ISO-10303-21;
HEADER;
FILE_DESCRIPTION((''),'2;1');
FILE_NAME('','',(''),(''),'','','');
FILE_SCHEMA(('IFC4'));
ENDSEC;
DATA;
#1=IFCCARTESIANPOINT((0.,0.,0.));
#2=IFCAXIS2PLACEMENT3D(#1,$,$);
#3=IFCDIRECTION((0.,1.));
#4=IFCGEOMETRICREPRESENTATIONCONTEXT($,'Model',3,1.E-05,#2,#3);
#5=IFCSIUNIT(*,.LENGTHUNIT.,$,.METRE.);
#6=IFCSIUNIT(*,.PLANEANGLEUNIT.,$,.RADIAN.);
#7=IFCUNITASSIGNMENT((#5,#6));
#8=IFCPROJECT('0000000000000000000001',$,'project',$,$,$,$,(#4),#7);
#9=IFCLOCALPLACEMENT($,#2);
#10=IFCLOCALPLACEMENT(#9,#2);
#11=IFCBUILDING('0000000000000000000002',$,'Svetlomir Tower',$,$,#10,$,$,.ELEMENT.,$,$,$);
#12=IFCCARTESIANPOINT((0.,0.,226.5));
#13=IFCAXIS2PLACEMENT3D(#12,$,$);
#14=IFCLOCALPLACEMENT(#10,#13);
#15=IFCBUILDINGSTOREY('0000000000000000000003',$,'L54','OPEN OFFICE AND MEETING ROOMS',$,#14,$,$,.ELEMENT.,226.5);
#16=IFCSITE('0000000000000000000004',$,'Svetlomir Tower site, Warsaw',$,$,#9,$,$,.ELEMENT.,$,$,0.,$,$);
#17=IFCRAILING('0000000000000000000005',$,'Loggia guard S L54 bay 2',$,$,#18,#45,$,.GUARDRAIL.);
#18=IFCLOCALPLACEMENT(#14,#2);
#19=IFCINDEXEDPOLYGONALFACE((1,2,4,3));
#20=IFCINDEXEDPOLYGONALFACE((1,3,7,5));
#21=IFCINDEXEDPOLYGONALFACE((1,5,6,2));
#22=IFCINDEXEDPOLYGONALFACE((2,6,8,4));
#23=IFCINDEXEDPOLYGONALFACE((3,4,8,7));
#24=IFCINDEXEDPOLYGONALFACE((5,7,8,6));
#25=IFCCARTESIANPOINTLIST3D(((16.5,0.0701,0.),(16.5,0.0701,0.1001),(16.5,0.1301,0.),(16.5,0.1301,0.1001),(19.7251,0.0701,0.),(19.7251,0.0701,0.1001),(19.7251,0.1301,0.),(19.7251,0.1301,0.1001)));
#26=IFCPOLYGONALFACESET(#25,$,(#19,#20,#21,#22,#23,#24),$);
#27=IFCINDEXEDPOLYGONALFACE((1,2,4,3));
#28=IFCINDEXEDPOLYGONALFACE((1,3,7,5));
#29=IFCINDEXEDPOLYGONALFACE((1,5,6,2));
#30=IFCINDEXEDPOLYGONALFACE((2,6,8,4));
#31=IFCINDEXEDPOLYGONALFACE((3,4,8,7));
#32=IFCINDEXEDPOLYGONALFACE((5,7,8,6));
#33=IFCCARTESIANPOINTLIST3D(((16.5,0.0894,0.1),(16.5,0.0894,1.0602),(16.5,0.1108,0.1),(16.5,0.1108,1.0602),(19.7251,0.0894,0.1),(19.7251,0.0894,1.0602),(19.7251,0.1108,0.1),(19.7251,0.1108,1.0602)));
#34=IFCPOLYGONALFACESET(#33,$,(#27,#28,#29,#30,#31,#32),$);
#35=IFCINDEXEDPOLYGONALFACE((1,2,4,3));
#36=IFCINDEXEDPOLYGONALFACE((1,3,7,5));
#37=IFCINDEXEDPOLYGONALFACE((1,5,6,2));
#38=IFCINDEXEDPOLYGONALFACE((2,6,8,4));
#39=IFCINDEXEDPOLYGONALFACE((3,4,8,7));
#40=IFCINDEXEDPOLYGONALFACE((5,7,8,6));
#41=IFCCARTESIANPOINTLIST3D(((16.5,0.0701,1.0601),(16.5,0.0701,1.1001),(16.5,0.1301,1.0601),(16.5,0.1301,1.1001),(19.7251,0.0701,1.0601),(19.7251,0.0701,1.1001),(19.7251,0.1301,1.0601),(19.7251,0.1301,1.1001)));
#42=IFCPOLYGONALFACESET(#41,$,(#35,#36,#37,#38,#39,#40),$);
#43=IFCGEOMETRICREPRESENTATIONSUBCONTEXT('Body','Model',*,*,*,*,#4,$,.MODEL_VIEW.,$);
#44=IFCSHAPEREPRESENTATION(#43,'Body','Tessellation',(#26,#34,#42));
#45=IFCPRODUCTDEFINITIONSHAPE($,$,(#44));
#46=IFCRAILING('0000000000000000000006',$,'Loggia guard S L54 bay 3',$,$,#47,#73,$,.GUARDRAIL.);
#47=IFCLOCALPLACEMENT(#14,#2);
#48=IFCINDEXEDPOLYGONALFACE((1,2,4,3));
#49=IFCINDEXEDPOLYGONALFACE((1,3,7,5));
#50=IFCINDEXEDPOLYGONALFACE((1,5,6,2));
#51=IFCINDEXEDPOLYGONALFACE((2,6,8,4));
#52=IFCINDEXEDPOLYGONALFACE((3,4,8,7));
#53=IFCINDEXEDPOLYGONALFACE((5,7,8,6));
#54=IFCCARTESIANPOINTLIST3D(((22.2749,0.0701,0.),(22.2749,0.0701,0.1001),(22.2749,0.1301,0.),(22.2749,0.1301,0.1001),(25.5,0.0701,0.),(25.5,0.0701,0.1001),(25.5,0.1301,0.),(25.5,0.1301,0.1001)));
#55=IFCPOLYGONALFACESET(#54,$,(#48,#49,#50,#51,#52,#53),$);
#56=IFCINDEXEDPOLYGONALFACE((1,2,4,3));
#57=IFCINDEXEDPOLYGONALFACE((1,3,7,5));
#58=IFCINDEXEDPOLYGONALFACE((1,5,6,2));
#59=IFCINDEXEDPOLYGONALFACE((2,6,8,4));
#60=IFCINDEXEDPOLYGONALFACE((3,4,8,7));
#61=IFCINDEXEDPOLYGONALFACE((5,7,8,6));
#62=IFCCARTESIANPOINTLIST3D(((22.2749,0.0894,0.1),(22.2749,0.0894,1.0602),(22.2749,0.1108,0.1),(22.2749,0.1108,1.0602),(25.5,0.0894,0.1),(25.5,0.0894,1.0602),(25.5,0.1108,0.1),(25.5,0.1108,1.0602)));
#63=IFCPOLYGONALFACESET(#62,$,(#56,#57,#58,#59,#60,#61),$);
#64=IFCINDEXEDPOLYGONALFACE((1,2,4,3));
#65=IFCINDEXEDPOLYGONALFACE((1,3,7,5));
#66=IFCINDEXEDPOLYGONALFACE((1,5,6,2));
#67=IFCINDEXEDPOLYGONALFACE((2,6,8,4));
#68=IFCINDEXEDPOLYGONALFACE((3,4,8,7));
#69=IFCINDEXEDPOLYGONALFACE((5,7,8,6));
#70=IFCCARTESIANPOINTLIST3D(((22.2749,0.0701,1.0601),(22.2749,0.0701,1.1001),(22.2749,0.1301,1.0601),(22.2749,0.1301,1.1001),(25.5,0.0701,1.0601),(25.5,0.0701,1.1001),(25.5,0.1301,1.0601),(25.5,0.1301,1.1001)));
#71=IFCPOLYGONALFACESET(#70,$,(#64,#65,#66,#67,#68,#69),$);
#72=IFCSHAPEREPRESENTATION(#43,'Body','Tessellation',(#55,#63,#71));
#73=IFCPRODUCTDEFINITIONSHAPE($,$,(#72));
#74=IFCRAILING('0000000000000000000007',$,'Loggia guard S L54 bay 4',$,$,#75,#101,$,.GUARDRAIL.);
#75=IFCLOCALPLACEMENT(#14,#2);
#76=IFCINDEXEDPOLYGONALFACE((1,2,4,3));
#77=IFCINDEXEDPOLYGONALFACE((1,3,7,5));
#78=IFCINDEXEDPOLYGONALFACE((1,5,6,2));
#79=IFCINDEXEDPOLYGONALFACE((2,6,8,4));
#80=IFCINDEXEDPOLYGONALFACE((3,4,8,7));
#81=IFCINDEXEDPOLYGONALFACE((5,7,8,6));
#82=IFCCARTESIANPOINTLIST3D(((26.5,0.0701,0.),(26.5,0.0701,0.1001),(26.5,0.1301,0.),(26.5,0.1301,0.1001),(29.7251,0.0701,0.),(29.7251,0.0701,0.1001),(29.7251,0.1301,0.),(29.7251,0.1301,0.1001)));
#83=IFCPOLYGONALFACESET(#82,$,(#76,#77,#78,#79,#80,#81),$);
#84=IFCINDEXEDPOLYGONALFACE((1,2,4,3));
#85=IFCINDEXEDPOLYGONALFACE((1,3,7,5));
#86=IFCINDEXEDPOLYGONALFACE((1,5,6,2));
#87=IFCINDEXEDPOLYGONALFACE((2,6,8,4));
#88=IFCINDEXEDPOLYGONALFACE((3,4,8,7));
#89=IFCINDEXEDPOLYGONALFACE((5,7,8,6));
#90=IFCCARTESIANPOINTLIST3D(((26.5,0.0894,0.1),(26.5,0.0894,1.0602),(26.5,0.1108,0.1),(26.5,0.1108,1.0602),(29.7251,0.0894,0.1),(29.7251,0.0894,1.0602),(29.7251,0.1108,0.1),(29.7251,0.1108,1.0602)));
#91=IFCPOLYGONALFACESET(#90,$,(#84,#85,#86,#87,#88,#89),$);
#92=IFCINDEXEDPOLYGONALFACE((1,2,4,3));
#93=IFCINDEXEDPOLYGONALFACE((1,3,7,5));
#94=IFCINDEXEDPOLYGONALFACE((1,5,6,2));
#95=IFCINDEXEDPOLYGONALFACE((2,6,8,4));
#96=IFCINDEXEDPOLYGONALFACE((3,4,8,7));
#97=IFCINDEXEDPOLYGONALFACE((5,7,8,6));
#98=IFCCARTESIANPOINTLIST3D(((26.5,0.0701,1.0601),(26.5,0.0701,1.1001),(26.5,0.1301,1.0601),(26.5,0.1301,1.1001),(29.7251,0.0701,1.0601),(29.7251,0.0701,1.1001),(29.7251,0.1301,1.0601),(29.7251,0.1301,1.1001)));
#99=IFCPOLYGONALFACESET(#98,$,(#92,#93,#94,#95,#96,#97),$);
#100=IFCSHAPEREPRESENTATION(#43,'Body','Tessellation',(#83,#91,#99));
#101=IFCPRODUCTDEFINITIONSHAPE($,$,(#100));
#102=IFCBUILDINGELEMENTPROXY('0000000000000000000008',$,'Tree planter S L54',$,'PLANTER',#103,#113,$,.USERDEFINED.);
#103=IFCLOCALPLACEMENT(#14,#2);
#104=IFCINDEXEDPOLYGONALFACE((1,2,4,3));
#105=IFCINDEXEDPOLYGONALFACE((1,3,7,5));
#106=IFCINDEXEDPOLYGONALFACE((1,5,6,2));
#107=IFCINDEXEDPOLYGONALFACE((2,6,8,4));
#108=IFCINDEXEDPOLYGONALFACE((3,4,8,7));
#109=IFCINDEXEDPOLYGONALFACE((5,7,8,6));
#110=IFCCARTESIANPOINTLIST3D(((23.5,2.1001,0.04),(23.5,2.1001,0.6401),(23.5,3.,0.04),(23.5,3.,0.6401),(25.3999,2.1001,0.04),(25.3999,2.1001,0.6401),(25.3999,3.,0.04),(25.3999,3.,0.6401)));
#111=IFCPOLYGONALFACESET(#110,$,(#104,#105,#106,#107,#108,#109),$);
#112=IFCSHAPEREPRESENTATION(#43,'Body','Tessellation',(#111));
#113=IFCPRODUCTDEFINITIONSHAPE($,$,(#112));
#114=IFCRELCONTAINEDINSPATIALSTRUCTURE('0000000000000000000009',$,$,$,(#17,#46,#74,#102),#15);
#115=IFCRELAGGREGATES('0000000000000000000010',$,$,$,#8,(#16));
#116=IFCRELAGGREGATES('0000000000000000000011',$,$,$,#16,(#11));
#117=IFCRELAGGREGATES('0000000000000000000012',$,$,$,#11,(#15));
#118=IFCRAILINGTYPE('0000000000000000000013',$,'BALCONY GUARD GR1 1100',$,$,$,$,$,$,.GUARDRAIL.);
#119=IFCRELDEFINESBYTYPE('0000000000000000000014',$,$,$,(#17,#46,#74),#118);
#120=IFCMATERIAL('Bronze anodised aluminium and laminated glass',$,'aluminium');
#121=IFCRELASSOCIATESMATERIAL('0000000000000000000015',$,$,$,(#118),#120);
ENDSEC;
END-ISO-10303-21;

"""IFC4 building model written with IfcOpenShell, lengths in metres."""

from ifc_helpers import new_model, si_unit, direction, frame, origin, origin_2d, place, context, subcontext, project, spatial, rectangle, extrude, material, type_object, element, save


model = new_model("IFC4")

# Units and contexts
model_context = context("Model", 3, precision=1e-05, world=origin(), true_north=direction((0.0, 1.0)))
body_context = subcontext(model_context, "Body", "Model", "MODEL_VIEW")
ifc_project = project(units=[si_unit("LENGTHUNIT", "METRE"), si_unit("PLANEANGLEUNIT", "RADIAN")], contexts=[model_context])

# Site, building, storey
site_placement = place(None, origin())
site = spatial("IfcSite", under=ifc_project, at=site_placement, Name="Svetlomir Tower site, Warsaw", CompositionType="ELEMENT", RefElevation=0.0)
building_placement = place(site_placement, origin())
building = spatial("IfcBuilding", under=site, at=building_placement, Name="Svetlomir Tower", CompositionType="ELEMENT")
storey_placement = place(building_placement, frame((0.0, 0.0, 226.5)))
storey = spatial("IfcBuildingStorey", under=building, at=storey_placement, Name="L54", Description="OPEN OFFICE AND MEETING ROOMS", CompositionType="ELEMENT", Elevation=226.5)

# Railings
ifc_material_1 = material(Name="Bronze anodised aluminium and laminated glass", Category="aluminium")
railing_type = type_object("IfcRailingType", Name="BALCONY GUARD GR1 1100", PredefinedType="GUARDRAIL", material=ifc_material_1)
for number, where, name in (
    (1, (16.5, 0.1001, 0.0), "Loggia guard S L54 bay 2"),
    (2, (22.2749, 0.1001, 0.0), "Loggia guard S L54 bay 3"),
    (3, (26.5, 0.1001, 0.0), "Loggia guard S L54 bay 4"),
):
    element("IfcRailing", number, at=place(storey_placement, frame(where)), inside=storey, type_object=railing_type, Name=name, PredefinedType="GUARDRAIL", context=body_context, shape_type="SweptSolid", body=[
        extrude(rectangle(XDim=0.0601, YDim=0.1001, at=origin_2d()), frame((0.0, 0.0, 0.05), z_axis=(1.0, 0.0, 0.0), x_axis=(0.0, 1.0, 0.0)), (0.0, 0.0, 1.0), 3.2251),
        extrude(rectangle(XDim=0.0215, YDim=0.9602, at=origin_2d()), frame((0.0, 0.0, 0.5801), z_axis=(1.0, 0.0, 0.0), x_axis=(0.0, 1.0, 0.0)), (0.0, 0.0, 1.0), 3.2251),
        extrude(rectangle(XDim=0.0601, YDim=0.04, at=origin_2d()), frame((0.0, 0.0, 1.0801), z_axis=(1.0, 0.0, 0.0), x_axis=(0.0, 1.0, 0.0)), (0.0, 0.0, 1.0), 3.2251),
    ])

# Building element proxy
proxy_placement = place(storey_placement, frame((24.45, 2.55, 0.04), z_axis=(0.0, 0.0, 1.0), x_axis=(1.0, 0.0, 0.0)))
element("IfcBuildingElementProxy", 4, at=proxy_placement, inside=storey, Name="Tree planter S L54", ObjectType="PLANTER", PredefinedType="USERDEFINED", context=body_context, shape_type="SweptSolid", body=[
    extrude(rectangle(XDim=1.8999, YDim=0.8999, at=origin_2d()), origin(), (0.0, 0.0, 1.0), 0.6001),
])

save(model, "model.ifc")
